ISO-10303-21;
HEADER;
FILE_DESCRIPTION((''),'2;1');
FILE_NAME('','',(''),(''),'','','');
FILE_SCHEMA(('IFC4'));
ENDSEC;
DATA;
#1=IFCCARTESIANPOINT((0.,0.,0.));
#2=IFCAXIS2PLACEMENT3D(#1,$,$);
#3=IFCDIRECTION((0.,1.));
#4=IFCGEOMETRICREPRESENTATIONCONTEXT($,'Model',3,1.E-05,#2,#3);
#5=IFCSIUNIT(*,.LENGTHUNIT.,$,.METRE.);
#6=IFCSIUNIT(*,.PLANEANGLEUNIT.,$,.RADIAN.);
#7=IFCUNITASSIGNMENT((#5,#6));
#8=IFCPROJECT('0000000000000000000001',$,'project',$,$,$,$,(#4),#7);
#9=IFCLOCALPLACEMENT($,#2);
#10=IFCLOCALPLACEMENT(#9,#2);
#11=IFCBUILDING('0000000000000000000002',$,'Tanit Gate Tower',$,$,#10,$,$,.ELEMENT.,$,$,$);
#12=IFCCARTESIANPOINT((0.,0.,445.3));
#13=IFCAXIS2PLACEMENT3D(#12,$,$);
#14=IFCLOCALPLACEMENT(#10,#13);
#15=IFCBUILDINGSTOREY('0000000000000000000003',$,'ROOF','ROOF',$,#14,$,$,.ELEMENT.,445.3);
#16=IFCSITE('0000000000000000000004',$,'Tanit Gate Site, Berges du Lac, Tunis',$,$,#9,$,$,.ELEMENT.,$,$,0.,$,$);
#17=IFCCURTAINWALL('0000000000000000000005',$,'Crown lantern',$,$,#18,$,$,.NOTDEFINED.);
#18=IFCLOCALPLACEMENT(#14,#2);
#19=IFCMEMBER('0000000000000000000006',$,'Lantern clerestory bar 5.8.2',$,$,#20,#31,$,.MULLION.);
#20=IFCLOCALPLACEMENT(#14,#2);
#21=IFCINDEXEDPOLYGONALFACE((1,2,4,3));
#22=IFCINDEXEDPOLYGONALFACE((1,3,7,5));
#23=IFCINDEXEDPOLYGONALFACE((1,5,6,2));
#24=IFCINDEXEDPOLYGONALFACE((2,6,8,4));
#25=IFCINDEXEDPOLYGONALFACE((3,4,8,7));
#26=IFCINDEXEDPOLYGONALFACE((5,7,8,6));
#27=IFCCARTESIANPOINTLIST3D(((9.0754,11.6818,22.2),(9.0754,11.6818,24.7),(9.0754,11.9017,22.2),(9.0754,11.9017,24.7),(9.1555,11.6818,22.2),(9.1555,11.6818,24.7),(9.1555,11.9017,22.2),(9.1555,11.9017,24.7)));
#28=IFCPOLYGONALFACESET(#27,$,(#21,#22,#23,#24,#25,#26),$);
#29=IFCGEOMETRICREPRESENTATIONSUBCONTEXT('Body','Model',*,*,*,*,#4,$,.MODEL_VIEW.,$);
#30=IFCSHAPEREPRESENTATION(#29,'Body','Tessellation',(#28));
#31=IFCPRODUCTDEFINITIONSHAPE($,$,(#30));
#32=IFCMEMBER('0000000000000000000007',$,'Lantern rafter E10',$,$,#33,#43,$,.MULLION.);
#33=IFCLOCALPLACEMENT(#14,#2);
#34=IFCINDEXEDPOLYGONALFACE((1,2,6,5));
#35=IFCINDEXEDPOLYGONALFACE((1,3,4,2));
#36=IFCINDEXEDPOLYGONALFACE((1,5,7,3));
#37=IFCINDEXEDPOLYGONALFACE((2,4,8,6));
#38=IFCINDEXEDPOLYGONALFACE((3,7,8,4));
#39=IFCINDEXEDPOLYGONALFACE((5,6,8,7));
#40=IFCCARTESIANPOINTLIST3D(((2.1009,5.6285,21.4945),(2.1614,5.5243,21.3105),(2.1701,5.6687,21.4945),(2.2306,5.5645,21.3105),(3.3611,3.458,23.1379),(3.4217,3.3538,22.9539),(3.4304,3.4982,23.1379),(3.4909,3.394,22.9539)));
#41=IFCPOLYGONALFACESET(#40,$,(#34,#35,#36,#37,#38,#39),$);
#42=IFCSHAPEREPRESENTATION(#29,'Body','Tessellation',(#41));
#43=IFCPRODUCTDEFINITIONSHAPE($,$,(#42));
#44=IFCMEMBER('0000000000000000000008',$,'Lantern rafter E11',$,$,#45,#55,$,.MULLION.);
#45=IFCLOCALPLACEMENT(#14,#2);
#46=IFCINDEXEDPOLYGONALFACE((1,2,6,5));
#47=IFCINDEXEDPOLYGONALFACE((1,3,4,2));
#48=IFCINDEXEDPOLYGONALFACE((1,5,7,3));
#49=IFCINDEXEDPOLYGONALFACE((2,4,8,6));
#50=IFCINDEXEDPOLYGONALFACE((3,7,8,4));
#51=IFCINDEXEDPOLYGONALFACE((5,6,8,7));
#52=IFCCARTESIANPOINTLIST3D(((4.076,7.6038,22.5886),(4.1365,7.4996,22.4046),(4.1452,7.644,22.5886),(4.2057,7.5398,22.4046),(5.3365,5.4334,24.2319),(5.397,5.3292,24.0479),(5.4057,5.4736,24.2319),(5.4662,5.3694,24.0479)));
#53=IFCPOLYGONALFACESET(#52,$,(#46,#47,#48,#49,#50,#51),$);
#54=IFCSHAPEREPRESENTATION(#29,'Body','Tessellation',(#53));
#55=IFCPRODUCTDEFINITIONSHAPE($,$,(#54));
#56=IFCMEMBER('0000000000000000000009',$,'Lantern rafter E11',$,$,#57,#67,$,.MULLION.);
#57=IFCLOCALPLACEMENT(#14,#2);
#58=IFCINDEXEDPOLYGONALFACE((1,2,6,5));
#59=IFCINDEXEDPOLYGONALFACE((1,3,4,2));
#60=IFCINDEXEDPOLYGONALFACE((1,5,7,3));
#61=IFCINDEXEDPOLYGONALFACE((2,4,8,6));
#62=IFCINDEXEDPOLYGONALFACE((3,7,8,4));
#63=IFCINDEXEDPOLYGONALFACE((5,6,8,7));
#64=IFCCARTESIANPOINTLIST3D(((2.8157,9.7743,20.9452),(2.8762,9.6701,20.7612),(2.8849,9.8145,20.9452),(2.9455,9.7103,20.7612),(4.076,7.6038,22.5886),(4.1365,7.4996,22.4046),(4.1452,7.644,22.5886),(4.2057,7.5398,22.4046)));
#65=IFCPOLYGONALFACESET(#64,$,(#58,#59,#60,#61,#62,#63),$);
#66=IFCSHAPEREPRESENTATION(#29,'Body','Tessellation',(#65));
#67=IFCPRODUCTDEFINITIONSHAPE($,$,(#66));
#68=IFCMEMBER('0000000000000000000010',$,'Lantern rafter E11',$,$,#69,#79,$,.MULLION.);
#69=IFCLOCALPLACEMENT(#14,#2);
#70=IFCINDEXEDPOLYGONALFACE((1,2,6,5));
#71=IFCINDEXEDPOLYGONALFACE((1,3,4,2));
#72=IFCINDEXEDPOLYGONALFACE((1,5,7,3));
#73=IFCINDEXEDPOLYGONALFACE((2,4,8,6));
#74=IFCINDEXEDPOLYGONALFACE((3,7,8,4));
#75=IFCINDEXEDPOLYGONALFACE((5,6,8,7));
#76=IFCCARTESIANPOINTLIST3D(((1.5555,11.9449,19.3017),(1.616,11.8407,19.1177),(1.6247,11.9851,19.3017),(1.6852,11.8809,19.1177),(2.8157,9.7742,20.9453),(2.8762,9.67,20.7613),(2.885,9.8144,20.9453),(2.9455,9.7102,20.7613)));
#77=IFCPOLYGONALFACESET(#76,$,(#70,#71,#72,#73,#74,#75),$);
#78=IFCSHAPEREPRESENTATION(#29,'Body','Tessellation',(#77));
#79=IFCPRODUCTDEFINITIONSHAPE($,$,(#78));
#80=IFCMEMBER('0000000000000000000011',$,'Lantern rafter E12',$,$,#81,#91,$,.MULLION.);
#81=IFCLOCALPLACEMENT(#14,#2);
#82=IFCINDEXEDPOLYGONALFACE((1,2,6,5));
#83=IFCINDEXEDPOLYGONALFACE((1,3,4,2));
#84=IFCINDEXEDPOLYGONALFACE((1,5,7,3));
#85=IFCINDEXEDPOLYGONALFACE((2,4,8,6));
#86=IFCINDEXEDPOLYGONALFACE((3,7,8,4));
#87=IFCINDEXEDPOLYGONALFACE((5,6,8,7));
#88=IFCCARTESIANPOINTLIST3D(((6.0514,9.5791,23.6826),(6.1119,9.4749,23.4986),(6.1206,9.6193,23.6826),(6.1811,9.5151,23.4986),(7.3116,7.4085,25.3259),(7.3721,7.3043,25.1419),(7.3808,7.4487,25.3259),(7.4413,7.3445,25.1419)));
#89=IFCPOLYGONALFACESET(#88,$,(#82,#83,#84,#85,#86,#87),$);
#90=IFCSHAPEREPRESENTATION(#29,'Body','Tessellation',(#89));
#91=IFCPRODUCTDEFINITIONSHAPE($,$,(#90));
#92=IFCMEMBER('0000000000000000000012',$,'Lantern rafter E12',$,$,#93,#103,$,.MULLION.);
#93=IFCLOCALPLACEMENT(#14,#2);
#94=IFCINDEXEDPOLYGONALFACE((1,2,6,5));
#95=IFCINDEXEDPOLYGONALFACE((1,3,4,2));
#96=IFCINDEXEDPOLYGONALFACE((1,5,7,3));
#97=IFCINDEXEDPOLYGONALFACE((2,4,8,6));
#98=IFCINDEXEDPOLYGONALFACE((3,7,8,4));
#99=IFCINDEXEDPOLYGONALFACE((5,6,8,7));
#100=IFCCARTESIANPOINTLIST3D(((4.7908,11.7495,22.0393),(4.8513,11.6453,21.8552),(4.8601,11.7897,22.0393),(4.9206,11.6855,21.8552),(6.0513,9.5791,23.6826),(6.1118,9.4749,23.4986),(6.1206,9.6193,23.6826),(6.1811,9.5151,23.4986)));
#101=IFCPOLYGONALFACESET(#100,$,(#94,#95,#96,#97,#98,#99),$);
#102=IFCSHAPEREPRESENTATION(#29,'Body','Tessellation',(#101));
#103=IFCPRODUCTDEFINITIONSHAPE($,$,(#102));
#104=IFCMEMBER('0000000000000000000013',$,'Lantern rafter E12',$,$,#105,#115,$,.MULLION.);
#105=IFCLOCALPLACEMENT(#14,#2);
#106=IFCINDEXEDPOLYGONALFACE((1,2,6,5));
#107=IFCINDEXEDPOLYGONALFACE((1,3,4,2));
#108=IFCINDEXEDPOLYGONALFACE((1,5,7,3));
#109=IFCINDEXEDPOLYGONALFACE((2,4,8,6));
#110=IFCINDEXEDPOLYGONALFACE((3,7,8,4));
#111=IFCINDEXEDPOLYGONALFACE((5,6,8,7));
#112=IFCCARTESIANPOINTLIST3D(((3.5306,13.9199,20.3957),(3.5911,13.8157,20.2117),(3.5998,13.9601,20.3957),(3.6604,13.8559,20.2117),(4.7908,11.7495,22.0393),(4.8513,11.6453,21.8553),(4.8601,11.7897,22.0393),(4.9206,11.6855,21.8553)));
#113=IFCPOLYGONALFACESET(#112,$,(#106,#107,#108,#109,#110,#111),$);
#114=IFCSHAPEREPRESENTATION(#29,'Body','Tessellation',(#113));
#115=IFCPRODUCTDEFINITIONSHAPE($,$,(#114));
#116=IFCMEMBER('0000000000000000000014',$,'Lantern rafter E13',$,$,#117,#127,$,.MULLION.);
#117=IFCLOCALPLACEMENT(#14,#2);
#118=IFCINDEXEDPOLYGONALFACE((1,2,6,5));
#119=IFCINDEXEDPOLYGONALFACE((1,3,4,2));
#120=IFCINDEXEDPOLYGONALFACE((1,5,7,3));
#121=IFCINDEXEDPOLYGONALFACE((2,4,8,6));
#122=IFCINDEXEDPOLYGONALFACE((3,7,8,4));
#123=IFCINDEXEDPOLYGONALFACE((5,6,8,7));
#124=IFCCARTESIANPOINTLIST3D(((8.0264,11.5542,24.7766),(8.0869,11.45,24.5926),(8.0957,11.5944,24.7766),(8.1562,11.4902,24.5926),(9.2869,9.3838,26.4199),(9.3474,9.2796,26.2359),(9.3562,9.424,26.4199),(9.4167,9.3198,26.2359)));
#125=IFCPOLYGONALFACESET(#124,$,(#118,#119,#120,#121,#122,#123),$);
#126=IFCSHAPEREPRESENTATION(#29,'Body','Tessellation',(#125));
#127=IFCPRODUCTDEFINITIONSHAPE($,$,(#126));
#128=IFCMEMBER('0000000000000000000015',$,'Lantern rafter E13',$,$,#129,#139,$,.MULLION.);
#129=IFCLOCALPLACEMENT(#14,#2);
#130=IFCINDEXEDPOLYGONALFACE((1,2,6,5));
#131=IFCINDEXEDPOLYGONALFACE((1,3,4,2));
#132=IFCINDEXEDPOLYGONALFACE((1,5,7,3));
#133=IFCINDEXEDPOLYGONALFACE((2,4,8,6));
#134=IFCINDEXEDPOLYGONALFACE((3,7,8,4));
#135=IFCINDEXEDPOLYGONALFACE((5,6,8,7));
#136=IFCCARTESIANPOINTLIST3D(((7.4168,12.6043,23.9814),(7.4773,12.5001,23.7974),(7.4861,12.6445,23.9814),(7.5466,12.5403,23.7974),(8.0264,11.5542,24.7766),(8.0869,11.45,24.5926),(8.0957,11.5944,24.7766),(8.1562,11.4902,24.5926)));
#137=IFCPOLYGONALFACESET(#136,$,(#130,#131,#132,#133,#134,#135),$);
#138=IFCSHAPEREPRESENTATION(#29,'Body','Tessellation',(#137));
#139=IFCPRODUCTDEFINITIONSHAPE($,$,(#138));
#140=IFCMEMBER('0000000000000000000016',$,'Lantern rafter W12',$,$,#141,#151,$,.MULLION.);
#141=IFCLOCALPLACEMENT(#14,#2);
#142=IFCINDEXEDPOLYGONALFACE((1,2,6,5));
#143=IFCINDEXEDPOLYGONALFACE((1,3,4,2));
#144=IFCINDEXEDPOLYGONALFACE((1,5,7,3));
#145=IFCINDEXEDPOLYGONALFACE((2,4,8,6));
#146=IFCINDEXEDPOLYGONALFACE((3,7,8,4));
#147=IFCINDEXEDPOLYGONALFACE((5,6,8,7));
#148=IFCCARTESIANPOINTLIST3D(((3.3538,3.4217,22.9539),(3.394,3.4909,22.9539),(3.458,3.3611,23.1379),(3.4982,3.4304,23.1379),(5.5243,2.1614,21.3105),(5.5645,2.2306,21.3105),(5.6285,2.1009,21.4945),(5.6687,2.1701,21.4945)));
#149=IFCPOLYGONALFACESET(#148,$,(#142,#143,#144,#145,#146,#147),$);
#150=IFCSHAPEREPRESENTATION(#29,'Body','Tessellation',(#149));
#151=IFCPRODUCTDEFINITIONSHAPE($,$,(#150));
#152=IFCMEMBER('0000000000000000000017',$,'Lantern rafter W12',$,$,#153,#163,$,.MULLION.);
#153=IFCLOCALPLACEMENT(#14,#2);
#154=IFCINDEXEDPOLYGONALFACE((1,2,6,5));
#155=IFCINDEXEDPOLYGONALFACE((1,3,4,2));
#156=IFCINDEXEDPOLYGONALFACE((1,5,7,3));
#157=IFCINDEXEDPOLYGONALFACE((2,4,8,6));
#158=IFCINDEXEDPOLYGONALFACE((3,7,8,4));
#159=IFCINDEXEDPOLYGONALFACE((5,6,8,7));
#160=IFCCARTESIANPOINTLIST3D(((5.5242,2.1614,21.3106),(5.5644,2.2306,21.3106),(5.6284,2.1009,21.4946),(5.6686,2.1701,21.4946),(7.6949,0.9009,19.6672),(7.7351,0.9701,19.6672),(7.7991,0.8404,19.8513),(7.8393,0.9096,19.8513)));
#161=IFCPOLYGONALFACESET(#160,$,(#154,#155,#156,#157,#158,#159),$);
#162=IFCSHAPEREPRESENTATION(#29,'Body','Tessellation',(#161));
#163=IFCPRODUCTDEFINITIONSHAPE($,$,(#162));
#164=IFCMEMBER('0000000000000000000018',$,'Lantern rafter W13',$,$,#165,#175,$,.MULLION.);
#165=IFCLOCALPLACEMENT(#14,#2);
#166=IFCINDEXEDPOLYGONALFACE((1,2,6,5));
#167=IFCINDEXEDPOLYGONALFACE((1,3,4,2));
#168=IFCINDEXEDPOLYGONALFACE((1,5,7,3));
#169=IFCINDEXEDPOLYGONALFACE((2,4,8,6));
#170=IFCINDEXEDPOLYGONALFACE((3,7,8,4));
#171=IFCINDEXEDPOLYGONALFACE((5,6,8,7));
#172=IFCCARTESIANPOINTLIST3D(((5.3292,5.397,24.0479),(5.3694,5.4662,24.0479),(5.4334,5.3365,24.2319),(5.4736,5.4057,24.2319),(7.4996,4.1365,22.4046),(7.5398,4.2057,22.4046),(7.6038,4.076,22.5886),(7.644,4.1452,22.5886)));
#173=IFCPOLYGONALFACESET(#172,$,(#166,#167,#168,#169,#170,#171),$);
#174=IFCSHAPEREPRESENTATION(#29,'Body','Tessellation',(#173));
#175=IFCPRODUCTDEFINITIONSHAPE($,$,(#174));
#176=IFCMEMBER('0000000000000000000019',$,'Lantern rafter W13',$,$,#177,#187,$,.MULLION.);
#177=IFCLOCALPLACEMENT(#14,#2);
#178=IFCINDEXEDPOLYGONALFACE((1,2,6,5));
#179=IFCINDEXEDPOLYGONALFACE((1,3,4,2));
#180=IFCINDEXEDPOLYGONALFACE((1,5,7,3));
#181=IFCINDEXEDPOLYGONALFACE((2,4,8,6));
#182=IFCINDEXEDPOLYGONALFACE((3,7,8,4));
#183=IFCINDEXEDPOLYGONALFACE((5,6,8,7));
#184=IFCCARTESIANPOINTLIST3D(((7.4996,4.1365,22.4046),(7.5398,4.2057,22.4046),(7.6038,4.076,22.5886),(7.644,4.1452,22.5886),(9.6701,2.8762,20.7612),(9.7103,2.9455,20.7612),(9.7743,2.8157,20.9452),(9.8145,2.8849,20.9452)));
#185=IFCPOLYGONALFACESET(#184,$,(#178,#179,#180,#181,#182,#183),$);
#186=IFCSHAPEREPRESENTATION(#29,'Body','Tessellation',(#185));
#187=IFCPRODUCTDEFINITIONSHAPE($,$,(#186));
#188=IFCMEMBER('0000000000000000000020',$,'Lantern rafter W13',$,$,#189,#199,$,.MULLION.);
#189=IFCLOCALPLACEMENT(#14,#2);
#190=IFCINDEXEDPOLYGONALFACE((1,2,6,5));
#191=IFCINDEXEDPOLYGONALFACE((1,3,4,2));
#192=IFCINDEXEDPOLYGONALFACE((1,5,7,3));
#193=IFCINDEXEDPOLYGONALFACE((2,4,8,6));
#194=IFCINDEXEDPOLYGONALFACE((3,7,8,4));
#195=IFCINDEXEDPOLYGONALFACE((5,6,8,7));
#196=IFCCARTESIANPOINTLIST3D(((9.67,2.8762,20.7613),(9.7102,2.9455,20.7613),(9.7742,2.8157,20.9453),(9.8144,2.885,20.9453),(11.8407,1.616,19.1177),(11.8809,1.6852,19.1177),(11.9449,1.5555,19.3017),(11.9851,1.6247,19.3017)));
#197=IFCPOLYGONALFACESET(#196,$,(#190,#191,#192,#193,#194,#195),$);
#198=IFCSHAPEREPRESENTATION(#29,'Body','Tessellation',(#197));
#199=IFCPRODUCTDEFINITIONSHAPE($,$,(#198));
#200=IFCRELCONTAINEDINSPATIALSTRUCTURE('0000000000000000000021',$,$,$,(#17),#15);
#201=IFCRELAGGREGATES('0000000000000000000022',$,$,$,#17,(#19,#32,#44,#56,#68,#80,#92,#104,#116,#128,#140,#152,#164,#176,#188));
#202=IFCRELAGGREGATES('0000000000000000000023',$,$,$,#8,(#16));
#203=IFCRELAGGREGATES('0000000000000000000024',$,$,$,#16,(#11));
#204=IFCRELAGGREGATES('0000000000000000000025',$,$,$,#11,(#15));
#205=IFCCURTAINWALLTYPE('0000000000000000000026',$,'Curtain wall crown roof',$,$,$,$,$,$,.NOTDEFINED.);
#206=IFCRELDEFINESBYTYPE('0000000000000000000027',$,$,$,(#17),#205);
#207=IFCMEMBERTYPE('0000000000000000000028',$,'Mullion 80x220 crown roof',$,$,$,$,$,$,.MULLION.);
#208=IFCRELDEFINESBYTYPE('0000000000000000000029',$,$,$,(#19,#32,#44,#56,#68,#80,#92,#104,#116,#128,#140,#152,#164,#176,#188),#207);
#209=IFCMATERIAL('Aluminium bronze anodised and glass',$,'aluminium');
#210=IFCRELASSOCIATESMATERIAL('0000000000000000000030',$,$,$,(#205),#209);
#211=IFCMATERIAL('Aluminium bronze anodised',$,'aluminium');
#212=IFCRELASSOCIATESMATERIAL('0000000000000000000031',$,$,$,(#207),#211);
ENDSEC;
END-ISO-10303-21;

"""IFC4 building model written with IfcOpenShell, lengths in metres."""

from ifc_helpers import new_model, si_unit, direction, frame, origin, origin_2d, place, context, subcontext, project, spatial, rectangle, extrude, material, material_profile, profile_set, type_object, element, aggregate, save


model = new_model("IFC4")

# Units and contexts
model_context = context("Model", 3, precision=1e-05, world=origin(), true_north=direction((0.0, 1.0)))
body_context = subcontext(model_context, "Body", "Model", "MODEL_VIEW")
ifc_project = project(units=[si_unit("LENGTHUNIT", "METRE"), si_unit("PLANEANGLEUNIT", "RADIAN")], contexts=[model_context])

# Site, building, storey
site_placement = place(None, origin())
site = spatial("IfcSite", under=ifc_project, at=site_placement, Name="Tanit Gate Site, Berges du Lac, Tunis", CompositionType="ELEMENT", RefElevation=0.0)
building_placement = place(site_placement, origin())
building = spatial("IfcBuilding", under=site, at=building_placement, Name="Tanit Gate Tower", CompositionType="ELEMENT")
storey_placement = place(building_placement, frame((0.0, 0.0, 445.3)))
storey = spatial("IfcBuildingStorey", under=building, at=storey_placement, Name="ROOF", Description="ROOF", CompositionType="ELEMENT", Elevation=445.3)

# Curtain wall, members
ifc_material_1 = material(Name="Aluminium bronze anodised and glass", Category="aluminium")
curtain_wall_type = type_object("IfcCurtainWallType", Name="Curtain wall crown roof", PredefinedType="NOTDEFINED", material=ifc_material_1)
curtain_wall_placement = place(storey_placement, origin())
curtain_wall = element("IfcCurtainWall", 1, at=curtain_wall_placement, inside=storey, type_object=curtain_wall_type, Name="Crown lantern", PredefinedType="NOTDEFINED")
ifc_material_2 = material(Name="Aluminium bronze anodised", Category="aluminium")
ifc_material_profile_1 = material_profile(ifc_material_2, rectangle(XDim=0.0801, YDim=0.22, at=origin_2d()), Name="80x220 bronze rafter")
ifc_profile_set_1 = profile_set([ifc_material_profile_1], Name="Aluminium bronze anodised")
member_type_1 = type_object("IfcMemberType", Name="Mullion 80x220 crown roof", PredefinedType="MULLION", material=ifc_profile_set_1)
member_1_placement = place(storey_placement, frame((9.1155, 11.7917, 22.2), z_axis=(0.0, 0.0, 1.0), x_axis=(1.0, 0.0, 0.0)))
member_1 = element("IfcMember", 2, at=member_1_placement, type_object=member_type_1, Name="Lantern clerestory bar 5.8.2", PredefinedType="MULLION", context=body_context, shape_type="SweptSolid", body=[
    extrude(rectangle(XDim=0.0801, YDim=0.22, at=origin_2d()), origin(), (0.0, 0.0, 1.0), 2.5),
])
member_2_placement = place(storey_placement, frame((3.426, 3.426, 23.0459), z_axis=(-0.420099, 0.723495, -0.547789), x_axis=(-0.864786, -0.50214, 0.0)))
member_2 = element("IfcMember", 3, at=member_2_placement, type_object=member_type_1, Name="Lantern rafter E10", PredefinedType="MULLION", context=body_context, shape_type="SweptSolid", body=[
    extrude(rectangle(XDim=0.0801, YDim=0.22, at=origin_2d()), origin(), (0.0, 0.0, 1.0), 3.0),
])
member_3_placement = place(storey_placement, frame((5.4014, 5.4014, 24.1399), z_axis=(-0.420166, 0.72347, -0.54777), x_axis=(-0.864744, -0.502213, 0.0)))
member_3 = element("IfcMember", 4, at=member_3_placement, type_object=member_type_1, Name="Lantern rafter E11", PredefinedType="MULLION", context=body_context, shape_type="SweptSolid", body=[
    extrude(rectangle(XDim=0.0801, YDim=0.22, at=origin_2d()), origin(), (0.0, 0.0, 1.0), 3.0),
])
member_4_placement = place(storey_placement, frame((4.1409, 7.5718, 22.4966), z_axis=(-0.420099, 0.723495, -0.547789), x_axis=(-0.864786, -0.50214, 0.0)))
member_4 = element("IfcMember", 5, at=member_4_placement, type_object=member_type_1, Name="Lantern rafter E11", PredefinedType="MULLION", context=body_context, shape_type="SweptSolid", body=[
    extrude(rectangle(XDim=0.0801, YDim=0.22, at=origin_2d()), origin(), (0.0, 0.0, 1.0), 3.0),
])
member_5_placement = place(storey_placement, frame((2.8806, 9.7422, 20.8533), z_axis=(-0.420055, 0.723501, -0.547813), x_axis=(-0.864811, -0.502098, 0.0)))
member_5 = element("IfcMember", 6, at=member_5_placement, type_object=member_type_1, Name="Lantern rafter E11", PredefinedType="MULLION", context=body_context, shape_type="SweptSolid", body=[
    extrude(rectangle(XDim=0.0801, YDim=0.22, at=origin_2d()), origin(), (0.0, 0.0, 1.0), 3.0002),
])
member_6_placement = place(storey_placement, frame((7.3765, 7.3765, 25.2339), z_axis=(-0.420074, 0.723533, -0.547757), x_axis=(-0.864811, -0.502098, 0.0)))
member_6 = element("IfcMember", 7, at=member_6_placement, type_object=member_type_1, Name="Lantern rafter E12", PredefinedType="MULLION", context=body_context, shape_type="SweptSolid", body=[
    extrude(rectangle(XDim=0.0801, YDim=0.22, at=origin_2d()), origin(), (0.0, 0.0, 1.0), 3.0),
])
member_7_placement = place(storey_placement, frame((6.1162, 9.5471, 23.5906), z_axis=(-0.420166, 0.72347, -0.54777), x_axis=(-0.864744, -0.502213, 0.0)))
member_7 = element("IfcMember", 8, at=member_7_placement, type_object=member_type_1, Name="Lantern rafter E12", PredefinedType="MULLION", context=body_context, shape_type="SweptSolid", body=[
    extrude(rectangle(XDim=0.0801, YDim=0.22, at=origin_2d()), origin(), (0.0, 0.0, 1.0), 3.0),
])
member_8_placement = place(storey_placement, frame((4.8557, 11.7175, 21.9473), z_axis=(-0.42008, 0.723462, -0.547846), x_axis=(-0.864786, -0.50214, 0.0)))
member_8 = element("IfcMember", 9, at=member_8_placement, type_object=member_type_1, Name="Lantern rafter E12", PredefinedType="MULLION", context=body_context, shape_type="SweptSolid", body=[
    extrude(rectangle(XDim=0.0801, YDim=0.22, at=origin_2d()), origin(), (0.0, 0.0, 1.0), 3.0),
])
member_9_placement = place(storey_placement, frame((9.3518, 9.3518, 26.3279), z_axis=(-0.420166, 0.72347, -0.54777), x_axis=(-0.864744, -0.502213, 0.0)))
member_9 = element("IfcMember", 10, at=member_9_placement, type_object=member_type_1, Name="Lantern rafter E13", PredefinedType="MULLION", context=body_context, shape_type="SweptSolid", body=[
    extrude(rectangle(XDim=0.0801, YDim=0.22, at=origin_2d()), origin(), (0.0, 0.0, 1.0), 3.0),
])
member_10_placement = place(storey_placement, frame((8.0913, 11.5222, 24.6846), z_axis=(-0.420025, 0.723479, -0.547866), x_axis=(-0.86482, -0.502082, 0.0)))
member_10 = element("IfcMember", 11, at=member_10_placement, type_object=member_type_1, Name="Lantern rafter E13", PredefinedType="MULLION", context=body_context, shape_type="SweptSolid", body=[
    extrude(rectangle(XDim=0.0801, YDim=0.22, at=origin_2d()), origin(), (0.0, 0.0, 1.0), 1.4514),
])
member_11_placement = place(storey_placement, frame((3.426, 3.426, 23.0459), z_axis=(0.723495, -0.420099, -0.547789), x_axis=(0.50214, 0.864786, 0.0)))
member_11 = element("IfcMember", 12, at=member_11_placement, type_object=member_type_1, Name="Lantern rafter W12", PredefinedType="MULLION", context=body_context, shape_type="SweptSolid", body=[
    extrude(rectangle(XDim=0.0801, YDim=0.22, at=origin_2d()), origin(), (0.0, 0.0, 1.0), 3.0),
])
member_12_placement = place(storey_placement, frame((5.5964, 2.1658, 21.4026), z_axis=(0.723509, -0.420141, -0.547738), x_axis=(0.502171, 0.864769, 0.0)))
member_12 = element("IfcMember", 13, at=member_12_placement, type_object=member_type_1, Name="Lantern rafter W12", PredefinedType="MULLION", context=body_context, shape_type="SweptSolid", body=[
    extrude(rectangle(XDim=0.0801, YDim=0.22, at=origin_2d()), origin(), (0.0, 0.0, 1.0), 3.0002),
])
member_13_placement = place(storey_placement, frame((5.4014, 5.4014, 24.1399), z_axis=(0.72347, -0.420166, -0.54777), x_axis=(0.502213, 0.864744, 0.0)))
member_13 = element("IfcMember", 14, at=member_13_placement, type_object=member_type_1, Name="Lantern rafter W13", PredefinedType="MULLION", context=body_context, shape_type="SweptSolid", body=[
    extrude(rectangle(XDim=0.0801, YDim=0.22, at=origin_2d()), origin(), (0.0, 0.0, 1.0), 3.0),
])
member_14_placement = place(storey_placement, frame((7.5718, 4.1409, 22.4966), z_axis=(0.723495, -0.420099, -0.547789), x_axis=(0.50214, 0.864786, 0.0)))
member_14 = element("IfcMember", 15, at=member_14_placement, type_object=member_type_1, Name="Lantern rafter W13", PredefinedType="MULLION", context=body_context, shape_type="SweptSolid", body=[
    extrude(rectangle(XDim=0.0801, YDim=0.22, at=origin_2d()), origin(), (0.0, 0.0, 1.0), 3.0),
])
member_15_placement = place(storey_placement, frame((9.7422, 2.8806, 20.8533), z_axis=(0.723501, -0.420055, -0.547813), x_axis=(0.502098, 0.864811, 0.0)))
member_15 = element("IfcMember", 16, at=member_15_placement, type_object=member_type_1, Name="Lantern rafter W13", PredefinedType="MULLION", context=body_context, shape_type="SweptSolid", body=[
    extrude(rectangle(XDim=0.0801, YDim=0.22, at=origin_2d()), origin(), (0.0, 0.0, 1.0), 3.0002),
])
aggregate(curtain_wall, [member_1, member_2, member_3, member_4, member_5, member_6, member_7, member_8, member_9, member_10, member_11, member_12, member_13, member_14, member_15])

save(model, "model.ifc")
